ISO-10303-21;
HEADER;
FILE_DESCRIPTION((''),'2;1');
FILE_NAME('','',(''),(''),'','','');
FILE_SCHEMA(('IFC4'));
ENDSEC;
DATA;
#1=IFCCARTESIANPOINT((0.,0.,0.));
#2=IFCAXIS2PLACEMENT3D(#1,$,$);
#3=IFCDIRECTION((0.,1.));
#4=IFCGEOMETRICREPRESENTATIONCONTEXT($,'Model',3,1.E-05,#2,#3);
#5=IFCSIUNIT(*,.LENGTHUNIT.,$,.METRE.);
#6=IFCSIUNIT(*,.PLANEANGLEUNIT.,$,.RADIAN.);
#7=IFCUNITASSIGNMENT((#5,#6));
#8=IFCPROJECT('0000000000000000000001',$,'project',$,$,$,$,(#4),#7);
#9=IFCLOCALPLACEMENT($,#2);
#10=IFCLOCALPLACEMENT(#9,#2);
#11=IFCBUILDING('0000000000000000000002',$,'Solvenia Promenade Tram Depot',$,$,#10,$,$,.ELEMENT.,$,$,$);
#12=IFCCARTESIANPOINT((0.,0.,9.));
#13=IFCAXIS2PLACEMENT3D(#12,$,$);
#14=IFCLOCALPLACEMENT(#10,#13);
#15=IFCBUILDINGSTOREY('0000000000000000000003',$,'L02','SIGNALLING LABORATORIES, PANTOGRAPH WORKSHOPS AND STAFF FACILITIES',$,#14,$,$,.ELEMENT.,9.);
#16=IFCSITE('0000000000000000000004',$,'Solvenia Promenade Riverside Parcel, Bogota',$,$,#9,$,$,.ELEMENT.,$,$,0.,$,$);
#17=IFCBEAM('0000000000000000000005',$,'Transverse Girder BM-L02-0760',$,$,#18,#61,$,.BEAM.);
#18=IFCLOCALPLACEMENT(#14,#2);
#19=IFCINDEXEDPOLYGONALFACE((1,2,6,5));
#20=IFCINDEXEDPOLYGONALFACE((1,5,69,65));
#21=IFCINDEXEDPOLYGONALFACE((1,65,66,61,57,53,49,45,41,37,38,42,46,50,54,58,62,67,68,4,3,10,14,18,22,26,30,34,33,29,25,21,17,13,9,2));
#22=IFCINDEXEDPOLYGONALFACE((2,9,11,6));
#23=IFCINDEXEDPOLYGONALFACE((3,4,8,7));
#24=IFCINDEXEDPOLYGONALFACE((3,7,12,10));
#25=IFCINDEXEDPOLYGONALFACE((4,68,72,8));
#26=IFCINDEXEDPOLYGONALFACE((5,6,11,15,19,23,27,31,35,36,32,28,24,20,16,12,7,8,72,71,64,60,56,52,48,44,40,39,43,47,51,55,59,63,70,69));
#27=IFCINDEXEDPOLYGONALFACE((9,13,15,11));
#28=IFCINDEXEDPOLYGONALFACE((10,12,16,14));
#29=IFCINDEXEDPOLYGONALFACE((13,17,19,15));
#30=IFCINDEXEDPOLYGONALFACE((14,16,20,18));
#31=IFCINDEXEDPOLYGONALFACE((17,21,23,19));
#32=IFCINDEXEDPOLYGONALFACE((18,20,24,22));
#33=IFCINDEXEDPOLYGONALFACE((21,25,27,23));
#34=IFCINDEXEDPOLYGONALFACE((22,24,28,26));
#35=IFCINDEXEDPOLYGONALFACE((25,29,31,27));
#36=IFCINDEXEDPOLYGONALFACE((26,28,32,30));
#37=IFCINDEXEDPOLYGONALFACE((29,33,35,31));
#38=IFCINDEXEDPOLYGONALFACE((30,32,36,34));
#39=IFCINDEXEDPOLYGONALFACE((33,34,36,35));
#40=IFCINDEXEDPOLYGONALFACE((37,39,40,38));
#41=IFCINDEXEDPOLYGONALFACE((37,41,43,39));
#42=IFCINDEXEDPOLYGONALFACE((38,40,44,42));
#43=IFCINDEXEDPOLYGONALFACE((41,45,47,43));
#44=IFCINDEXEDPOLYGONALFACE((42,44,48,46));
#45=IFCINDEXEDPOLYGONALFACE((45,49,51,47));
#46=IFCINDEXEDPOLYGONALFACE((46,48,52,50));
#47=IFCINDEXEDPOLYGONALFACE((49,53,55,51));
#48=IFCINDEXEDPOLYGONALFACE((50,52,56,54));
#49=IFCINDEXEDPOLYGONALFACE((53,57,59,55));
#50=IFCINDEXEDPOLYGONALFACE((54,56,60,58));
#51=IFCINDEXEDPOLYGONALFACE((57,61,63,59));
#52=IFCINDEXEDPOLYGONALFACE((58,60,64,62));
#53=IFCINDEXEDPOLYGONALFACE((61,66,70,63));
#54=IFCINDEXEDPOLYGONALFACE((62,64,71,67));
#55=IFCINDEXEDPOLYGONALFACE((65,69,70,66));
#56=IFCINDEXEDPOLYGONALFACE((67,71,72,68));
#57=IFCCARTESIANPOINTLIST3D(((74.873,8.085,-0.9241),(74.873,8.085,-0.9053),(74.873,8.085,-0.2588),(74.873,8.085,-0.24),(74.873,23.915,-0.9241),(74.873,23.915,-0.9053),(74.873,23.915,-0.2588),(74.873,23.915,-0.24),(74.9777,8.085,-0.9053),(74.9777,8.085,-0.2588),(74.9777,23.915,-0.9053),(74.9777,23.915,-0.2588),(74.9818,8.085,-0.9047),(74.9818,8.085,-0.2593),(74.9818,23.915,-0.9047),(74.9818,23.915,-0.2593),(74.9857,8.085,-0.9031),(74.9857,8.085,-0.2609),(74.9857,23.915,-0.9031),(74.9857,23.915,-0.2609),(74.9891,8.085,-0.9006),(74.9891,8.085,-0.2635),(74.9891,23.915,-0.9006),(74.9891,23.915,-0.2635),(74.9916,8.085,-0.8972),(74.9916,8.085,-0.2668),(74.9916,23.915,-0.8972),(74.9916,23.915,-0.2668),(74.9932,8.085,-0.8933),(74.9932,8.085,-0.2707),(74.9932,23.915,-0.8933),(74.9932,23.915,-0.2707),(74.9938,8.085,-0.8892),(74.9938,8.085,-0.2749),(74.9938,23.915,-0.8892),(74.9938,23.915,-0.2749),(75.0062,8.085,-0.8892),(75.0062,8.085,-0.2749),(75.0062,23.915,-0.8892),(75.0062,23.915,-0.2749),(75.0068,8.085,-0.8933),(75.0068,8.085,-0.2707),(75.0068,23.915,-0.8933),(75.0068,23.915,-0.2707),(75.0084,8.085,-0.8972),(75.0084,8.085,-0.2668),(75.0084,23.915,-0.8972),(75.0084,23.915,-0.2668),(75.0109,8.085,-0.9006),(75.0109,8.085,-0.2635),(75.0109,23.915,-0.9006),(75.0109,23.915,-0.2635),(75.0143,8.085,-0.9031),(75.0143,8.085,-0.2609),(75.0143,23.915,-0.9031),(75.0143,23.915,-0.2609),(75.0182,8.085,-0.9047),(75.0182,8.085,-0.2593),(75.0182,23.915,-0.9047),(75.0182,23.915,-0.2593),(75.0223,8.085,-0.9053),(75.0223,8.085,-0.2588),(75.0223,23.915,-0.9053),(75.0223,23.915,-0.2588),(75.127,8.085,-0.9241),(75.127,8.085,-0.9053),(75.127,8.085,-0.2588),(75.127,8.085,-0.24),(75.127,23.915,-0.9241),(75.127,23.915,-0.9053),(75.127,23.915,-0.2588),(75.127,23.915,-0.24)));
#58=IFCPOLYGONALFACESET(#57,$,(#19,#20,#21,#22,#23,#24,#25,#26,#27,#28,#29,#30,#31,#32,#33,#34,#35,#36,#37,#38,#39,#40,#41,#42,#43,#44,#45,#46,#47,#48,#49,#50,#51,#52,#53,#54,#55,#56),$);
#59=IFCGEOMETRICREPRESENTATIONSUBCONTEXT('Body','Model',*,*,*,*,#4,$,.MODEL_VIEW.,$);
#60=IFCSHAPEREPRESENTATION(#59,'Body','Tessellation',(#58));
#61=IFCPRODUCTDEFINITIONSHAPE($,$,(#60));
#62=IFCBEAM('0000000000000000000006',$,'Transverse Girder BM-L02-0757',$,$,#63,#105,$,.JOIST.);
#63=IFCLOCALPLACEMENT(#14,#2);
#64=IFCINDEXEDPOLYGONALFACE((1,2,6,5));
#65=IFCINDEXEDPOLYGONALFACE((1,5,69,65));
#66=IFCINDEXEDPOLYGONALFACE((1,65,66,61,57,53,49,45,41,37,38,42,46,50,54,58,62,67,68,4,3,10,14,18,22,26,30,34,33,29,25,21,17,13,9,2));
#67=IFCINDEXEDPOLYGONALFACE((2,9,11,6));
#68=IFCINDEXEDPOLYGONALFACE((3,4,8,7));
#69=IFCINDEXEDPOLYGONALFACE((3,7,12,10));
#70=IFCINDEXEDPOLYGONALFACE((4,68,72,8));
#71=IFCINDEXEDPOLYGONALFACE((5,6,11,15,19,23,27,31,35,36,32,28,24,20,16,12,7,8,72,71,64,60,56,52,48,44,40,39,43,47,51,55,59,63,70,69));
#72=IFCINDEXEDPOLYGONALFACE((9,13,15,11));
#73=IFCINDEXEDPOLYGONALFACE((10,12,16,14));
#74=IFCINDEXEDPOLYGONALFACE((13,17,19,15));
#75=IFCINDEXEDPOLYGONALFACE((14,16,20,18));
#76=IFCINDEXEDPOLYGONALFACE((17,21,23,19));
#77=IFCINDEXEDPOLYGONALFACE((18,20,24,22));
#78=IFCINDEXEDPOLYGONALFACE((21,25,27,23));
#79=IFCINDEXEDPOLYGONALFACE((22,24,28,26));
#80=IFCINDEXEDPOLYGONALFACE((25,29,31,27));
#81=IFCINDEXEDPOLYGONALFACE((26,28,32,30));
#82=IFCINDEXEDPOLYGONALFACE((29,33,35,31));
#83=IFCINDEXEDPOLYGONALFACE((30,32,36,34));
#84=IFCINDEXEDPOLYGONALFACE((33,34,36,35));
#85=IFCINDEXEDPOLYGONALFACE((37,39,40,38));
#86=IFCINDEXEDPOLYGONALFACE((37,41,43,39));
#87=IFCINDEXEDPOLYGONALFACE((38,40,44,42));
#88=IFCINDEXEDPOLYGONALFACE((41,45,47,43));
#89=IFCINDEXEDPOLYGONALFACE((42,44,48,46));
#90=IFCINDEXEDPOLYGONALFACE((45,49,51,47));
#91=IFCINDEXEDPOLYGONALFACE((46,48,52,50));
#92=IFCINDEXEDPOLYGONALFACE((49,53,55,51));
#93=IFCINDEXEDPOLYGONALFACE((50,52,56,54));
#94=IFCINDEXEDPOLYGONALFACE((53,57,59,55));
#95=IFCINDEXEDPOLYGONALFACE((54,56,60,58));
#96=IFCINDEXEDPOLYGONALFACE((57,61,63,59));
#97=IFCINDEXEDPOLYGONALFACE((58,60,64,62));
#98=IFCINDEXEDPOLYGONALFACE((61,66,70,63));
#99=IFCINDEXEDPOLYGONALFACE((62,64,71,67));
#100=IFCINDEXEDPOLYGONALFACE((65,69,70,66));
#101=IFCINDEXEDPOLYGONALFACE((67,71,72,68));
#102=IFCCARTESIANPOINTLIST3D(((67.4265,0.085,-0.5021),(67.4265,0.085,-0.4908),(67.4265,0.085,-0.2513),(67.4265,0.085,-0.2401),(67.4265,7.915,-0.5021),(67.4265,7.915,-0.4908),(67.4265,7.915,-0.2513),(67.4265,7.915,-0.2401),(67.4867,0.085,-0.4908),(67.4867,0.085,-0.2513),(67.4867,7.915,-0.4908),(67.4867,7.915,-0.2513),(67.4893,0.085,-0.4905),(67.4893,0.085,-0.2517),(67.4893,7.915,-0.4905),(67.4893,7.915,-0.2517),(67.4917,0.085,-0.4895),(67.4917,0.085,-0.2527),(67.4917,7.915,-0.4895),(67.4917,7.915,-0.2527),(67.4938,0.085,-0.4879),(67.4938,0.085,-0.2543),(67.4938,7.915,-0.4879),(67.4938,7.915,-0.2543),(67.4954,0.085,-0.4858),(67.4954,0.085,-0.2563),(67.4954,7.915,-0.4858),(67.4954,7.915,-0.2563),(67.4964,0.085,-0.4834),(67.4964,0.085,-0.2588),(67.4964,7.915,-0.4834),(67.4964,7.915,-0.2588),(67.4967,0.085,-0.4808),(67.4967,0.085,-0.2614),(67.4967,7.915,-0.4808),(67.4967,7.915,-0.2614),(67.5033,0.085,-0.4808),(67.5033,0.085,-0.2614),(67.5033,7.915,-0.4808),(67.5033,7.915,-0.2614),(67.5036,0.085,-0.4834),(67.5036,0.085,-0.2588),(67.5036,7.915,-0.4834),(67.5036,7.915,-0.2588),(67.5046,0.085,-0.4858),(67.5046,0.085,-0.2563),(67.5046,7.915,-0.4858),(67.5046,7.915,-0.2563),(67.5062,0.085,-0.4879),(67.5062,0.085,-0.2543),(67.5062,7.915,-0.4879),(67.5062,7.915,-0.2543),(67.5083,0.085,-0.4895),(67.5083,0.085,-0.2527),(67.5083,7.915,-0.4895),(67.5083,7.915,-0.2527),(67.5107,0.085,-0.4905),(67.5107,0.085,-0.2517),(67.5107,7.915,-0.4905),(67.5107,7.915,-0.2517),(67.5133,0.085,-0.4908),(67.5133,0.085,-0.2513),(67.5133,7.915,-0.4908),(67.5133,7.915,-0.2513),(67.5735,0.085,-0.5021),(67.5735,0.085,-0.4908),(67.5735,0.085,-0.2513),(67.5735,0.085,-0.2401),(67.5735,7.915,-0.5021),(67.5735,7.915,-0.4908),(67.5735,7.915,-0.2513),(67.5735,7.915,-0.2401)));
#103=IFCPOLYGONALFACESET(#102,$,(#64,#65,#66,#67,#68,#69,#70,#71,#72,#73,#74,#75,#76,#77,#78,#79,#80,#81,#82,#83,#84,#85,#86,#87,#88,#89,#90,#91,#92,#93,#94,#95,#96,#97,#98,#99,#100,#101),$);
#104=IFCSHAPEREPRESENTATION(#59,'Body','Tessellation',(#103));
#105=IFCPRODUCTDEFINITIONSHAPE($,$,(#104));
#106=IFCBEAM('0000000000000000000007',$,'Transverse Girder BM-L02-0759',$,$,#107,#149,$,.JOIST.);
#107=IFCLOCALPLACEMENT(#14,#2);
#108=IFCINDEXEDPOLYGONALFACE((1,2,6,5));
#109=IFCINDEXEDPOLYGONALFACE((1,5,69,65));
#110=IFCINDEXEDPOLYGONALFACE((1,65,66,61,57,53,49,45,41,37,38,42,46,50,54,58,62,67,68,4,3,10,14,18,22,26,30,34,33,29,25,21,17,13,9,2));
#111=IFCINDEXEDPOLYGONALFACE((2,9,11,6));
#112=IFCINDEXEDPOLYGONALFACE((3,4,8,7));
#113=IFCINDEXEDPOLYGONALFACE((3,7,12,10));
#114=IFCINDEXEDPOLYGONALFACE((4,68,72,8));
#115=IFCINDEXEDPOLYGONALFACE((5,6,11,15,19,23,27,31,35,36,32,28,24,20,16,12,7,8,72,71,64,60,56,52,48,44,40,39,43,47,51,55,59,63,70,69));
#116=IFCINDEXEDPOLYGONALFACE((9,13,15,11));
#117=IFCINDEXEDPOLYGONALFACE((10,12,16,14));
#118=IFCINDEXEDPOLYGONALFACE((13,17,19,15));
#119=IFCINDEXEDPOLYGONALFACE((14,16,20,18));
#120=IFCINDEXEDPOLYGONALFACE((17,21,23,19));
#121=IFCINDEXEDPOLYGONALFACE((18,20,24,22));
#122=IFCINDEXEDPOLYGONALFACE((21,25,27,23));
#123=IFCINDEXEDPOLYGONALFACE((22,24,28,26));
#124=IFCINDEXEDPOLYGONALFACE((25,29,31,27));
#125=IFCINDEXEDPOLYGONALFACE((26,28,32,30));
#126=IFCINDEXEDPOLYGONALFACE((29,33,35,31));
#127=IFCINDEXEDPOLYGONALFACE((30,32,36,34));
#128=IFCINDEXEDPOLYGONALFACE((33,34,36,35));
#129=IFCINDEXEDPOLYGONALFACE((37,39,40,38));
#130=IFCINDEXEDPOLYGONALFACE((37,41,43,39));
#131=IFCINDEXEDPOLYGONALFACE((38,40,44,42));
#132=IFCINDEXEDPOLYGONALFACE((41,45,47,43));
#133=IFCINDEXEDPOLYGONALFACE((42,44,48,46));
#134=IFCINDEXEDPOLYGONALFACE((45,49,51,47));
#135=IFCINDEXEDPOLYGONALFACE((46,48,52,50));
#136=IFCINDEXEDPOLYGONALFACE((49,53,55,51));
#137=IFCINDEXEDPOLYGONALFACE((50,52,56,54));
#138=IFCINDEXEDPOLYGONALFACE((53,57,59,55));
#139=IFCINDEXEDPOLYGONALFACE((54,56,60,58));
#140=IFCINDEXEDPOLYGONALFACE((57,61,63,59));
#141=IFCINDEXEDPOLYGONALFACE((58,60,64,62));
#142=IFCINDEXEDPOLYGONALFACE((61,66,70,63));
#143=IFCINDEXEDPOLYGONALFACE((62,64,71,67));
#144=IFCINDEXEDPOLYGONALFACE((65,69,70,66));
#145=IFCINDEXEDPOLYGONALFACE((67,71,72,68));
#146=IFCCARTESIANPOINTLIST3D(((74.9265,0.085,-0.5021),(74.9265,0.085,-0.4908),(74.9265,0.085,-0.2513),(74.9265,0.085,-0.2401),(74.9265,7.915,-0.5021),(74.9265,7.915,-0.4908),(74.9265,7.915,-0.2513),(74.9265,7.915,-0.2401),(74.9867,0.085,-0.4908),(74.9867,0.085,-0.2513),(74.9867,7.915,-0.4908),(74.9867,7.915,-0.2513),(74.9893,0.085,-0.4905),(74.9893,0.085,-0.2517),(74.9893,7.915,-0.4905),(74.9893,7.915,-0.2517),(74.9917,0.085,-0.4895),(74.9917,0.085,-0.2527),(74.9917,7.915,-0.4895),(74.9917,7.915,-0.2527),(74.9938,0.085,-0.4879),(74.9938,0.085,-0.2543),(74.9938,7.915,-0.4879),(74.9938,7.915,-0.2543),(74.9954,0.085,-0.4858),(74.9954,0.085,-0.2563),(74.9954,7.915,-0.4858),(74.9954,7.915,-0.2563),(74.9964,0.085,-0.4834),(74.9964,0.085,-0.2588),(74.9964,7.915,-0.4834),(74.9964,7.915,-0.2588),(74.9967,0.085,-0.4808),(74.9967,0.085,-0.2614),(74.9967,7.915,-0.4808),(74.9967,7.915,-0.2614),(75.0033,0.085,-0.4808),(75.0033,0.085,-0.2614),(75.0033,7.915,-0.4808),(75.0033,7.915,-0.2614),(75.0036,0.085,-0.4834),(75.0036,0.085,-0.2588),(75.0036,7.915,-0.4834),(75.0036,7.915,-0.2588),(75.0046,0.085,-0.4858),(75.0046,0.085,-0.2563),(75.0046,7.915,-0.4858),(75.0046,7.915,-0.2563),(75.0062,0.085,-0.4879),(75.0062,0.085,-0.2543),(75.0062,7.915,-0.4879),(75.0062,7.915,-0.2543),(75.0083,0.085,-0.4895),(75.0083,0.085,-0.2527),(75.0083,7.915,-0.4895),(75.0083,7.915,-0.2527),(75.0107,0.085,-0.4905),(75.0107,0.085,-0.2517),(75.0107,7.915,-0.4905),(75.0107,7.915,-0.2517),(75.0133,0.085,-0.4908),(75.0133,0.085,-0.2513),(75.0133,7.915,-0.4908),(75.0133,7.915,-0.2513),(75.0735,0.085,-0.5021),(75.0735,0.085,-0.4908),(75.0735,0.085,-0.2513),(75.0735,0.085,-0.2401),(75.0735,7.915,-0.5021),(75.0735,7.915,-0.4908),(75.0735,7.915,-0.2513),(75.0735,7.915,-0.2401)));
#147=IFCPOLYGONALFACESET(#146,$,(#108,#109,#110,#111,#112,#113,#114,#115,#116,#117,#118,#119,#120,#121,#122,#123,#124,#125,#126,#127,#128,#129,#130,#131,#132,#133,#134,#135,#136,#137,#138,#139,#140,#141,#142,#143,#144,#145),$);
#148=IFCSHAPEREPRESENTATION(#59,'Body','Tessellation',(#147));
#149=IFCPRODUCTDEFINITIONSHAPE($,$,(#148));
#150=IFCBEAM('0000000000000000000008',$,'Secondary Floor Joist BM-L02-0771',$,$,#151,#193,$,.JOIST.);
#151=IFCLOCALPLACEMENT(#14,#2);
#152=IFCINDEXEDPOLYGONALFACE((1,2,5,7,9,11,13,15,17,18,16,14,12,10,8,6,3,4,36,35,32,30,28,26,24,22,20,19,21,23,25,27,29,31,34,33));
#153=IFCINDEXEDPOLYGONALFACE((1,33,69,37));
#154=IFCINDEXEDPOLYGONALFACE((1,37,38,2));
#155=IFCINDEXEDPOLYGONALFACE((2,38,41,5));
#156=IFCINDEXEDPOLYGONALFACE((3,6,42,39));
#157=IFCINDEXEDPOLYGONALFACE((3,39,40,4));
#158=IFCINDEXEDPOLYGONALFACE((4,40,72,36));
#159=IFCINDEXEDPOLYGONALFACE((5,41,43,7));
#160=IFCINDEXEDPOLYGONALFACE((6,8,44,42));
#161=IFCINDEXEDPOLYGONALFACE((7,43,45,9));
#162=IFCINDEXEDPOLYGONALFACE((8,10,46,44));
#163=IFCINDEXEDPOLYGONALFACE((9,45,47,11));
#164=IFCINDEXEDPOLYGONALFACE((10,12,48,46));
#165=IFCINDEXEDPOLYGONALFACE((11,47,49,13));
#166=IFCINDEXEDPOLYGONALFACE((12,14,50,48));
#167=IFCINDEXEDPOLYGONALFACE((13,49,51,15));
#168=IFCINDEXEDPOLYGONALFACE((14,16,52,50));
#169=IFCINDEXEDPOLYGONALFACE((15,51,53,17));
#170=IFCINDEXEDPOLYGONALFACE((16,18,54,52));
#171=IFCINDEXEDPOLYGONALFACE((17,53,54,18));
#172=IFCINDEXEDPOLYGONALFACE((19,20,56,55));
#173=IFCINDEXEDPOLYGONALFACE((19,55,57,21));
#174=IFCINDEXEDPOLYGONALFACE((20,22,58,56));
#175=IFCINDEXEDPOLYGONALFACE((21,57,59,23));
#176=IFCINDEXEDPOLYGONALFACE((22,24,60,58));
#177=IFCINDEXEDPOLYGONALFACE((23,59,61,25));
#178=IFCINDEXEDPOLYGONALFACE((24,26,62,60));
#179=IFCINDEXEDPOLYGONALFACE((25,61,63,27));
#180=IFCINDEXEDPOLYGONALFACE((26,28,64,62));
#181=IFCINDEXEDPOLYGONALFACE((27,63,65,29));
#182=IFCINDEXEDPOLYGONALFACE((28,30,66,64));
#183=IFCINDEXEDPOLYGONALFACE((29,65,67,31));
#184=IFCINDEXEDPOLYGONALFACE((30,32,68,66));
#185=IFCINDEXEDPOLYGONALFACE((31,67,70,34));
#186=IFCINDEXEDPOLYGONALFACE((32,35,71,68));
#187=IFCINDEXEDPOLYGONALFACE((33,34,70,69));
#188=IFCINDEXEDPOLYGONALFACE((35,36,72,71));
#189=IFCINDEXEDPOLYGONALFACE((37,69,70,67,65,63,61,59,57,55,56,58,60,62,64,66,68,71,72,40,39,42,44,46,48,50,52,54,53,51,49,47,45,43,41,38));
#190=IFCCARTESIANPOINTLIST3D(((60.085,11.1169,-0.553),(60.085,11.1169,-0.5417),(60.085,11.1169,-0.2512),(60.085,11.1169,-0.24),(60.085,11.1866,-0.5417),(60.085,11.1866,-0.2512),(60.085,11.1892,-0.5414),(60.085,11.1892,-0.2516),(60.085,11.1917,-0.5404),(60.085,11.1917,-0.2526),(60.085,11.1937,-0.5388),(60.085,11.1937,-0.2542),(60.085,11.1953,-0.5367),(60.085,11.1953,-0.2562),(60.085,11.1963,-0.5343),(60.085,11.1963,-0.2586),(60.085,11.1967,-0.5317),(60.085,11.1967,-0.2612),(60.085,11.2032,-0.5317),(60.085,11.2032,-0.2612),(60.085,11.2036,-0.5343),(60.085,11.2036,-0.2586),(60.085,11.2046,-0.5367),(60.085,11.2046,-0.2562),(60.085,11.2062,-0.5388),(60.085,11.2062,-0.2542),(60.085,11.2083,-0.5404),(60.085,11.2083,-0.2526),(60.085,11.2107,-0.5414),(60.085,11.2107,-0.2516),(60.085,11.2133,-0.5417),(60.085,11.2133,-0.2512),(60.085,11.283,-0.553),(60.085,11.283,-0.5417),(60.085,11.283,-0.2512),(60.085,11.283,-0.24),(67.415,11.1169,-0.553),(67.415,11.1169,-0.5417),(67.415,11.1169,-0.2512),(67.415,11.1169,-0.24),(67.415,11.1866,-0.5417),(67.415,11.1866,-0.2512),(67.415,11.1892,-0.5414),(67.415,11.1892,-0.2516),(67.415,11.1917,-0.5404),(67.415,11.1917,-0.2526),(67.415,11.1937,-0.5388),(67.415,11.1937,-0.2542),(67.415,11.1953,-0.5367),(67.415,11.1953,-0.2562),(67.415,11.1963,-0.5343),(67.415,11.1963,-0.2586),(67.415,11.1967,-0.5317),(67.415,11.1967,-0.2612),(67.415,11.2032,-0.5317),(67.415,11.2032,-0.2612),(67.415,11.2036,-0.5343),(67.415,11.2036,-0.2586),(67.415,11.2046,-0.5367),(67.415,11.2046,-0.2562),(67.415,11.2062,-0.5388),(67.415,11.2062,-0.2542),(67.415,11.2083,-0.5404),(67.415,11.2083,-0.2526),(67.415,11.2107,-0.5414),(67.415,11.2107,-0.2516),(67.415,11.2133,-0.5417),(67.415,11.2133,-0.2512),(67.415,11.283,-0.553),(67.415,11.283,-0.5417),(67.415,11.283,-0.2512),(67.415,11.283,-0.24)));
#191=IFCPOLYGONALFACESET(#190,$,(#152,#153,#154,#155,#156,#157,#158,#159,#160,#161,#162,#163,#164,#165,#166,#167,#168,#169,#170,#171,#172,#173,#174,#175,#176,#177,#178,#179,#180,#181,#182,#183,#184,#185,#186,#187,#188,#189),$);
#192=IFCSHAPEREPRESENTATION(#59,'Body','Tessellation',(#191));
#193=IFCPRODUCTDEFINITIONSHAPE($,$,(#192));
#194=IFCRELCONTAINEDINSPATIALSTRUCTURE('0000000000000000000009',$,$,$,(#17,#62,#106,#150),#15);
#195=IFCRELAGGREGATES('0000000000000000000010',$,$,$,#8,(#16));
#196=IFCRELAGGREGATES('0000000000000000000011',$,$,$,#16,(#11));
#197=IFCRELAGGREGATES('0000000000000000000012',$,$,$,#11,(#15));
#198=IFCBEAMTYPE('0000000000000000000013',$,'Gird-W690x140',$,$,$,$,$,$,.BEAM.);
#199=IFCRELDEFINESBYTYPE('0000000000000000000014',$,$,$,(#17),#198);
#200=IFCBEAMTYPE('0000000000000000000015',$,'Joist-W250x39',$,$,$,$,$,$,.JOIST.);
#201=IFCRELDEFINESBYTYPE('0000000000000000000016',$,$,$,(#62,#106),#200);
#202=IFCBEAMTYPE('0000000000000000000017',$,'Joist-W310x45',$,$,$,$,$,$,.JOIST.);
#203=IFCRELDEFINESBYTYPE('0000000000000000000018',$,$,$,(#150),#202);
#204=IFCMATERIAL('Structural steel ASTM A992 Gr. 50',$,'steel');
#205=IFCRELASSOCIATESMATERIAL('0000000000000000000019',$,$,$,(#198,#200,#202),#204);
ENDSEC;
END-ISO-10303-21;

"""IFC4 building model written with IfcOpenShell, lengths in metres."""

from ifc_helpers import new_model, si_unit, direction, frame, origin, origin_2d, place, context, subcontext, project, spatial, i_section, extrude, material, material_profile, profile_set, type_object, element, save


model = new_model("IFC4")

# Units and contexts
model_context = context("Model", 3, precision=1e-05, world=origin(), true_north=direction((0.0, 1.0)))
body_context = subcontext(model_context, "Body", "Model", "MODEL_VIEW")
ifc_project = project(units=[si_unit("LENGTHUNIT", "METRE"), si_unit("PLANEANGLEUNIT", "RADIAN")], contexts=[model_context])

# Site, building, storey
site_placement = place(None, origin())
site = spatial("IfcSite", under=ifc_project, at=site_placement, Name="Solvenia Promenade Riverside Parcel, Bogota", CompositionType="ELEMENT", RefElevation=0.0)
building_placement = place(site_placement, origin())
building = spatial("IfcBuilding", under=site, at=building_placement, Name="Solvenia Promenade Tram Depot", CompositionType="ELEMENT")
storey_placement = place(building_placement, frame((0.0, 0.0, 9.0)))
storey = spatial("IfcBuildingStorey", under=building, at=storey_placement, Name="L02", Description="SIGNALLING LABORATORIES, PANTOGRAPH WORKSHOPS AND STAFF FACILITIES", CompositionType="ELEMENT", Elevation=9.0)

# Beams
ifc_material_1 = material(Name="Structural steel ASTM A992 Gr. 50", Category="steel")
ifc_material_profile_1 = material_profile(ifc_material_1, i_section(OverallWidth=0.2539, OverallDepth=0.6841, WebThickness=0.0125, FlangeThickness=0.0188, FilletRadius=0.0161, at=origin_2d()), Name="W690x140", Category="steel")
ifc_profile_set_1 = profile_set([ifc_material_profile_1], Name="Structural steel ASTM A992 Gr. 50")
beam_type_1 = type_object("IfcBeamType", Name="Gird-W690x140", PredefinedType="BEAM", material=ifc_profile_set_1)
for number, where, z_axis, x_axis, name in (
    (1, (75.0, 8.085, -0.582), (0.0, 1.0, 0.0), (-1.0, 0.0, 0.0), "Transverse Girder BM-L02-0760"),
):
    element("IfcBeam", number, at=place(storey_placement, frame(where, z_axis=z_axis, x_axis=x_axis)), inside=storey, type_object=beam_type_1, Name=name, PredefinedType="BEAM", context=body_context, shape_type="SweptSolid", body=[
        extrude(i_section(OverallWidth=0.2539, OverallDepth=0.6841, WebThickness=0.0125, FlangeThickness=0.0188, FilletRadius=0.0161, at=origin_2d()), origin(), (0.0, 0.0, 1.0), 15.8301),
    ])
ifc_material_profile_2 = material_profile(ifc_material_1, i_section(OverallWidth=0.147, OverallDepth=0.262, WebThickness=0.0066, FlangeThickness=0.0112, FilletRadius=0.01, at=origin_2d()), Name="W250x39", Category="steel")
ifc_profile_set_2 = profile_set([ifc_material_profile_2], Name="Structural steel ASTM A992 Gr. 50")
beam_type_2 = type_object("IfcBeamType", Name="Joist-W250x39", PredefinedType="JOIST", material=ifc_profile_set_2)
for number, where, z_axis, x_axis, name in (
    (2, (67.5, 0.085, -0.3711), (0.0, 1.0, 0.0), (-1.0, 0.0, 0.0), "Transverse Girder BM-L02-0757"),
    (3, (75.0, 0.085, -0.3711), (0.0, 1.0, 0.0), (-1.0, 0.0, 0.0), "Transverse Girder BM-L02-0759"),
):
    element("IfcBeam", number, at=place(storey_placement, frame(where, z_axis=z_axis, x_axis=x_axis)), inside=storey, type_object=beam_type_2, Name=name, PredefinedType="JOIST", context=body_context, shape_type="SweptSolid", body=[
        extrude(i_section(OverallWidth=0.147, OverallDepth=0.262, WebThickness=0.0066, FlangeThickness=0.0112, FilletRadius=0.01, at=origin_2d()), origin(), (0.0, 0.0, 1.0), 7.8301),
    ])
ifc_material_profile_3 = material_profile(ifc_material_1, i_section(OverallWidth=0.166, OverallDepth=0.313, WebThickness=0.0066, FlangeThickness=0.0112, FilletRadius=0.01, at=origin_2d()), Name="W310x45", Category="steel")
ifc_profile_set_3 = profile_set([ifc_material_profile_3], Name="Structural steel ASTM A992 Gr. 50")
beam_type_3 = type_object("IfcBeamType", Name="Joist-W310x45", PredefinedType="JOIST", material=ifc_profile_set_3)
for number, where, z_axis, x_axis, name in (
    (4, (60.085, 11.2, -0.3965), (1.0, 0.0, 0.0), (0.0, 1.0, 0.0), "Secondary Floor Joist BM-L02-0771"),
):
    element("IfcBeam", number, at=place(storey_placement, frame(where, z_axis=z_axis, x_axis=x_axis)), inside=storey, type_object=beam_type_3, Name=name, PredefinedType="JOIST", context=body_context, shape_type="SweptSolid", body=[
        extrude(i_section(OverallWidth=0.166, OverallDepth=0.313, WebThickness=0.0066, FlangeThickness=0.0112, FilletRadius=0.01, at=origin_2d()), origin(), (0.0, 0.0, 1.0), 7.3301),
    ])

save(model, "model.ifc")
